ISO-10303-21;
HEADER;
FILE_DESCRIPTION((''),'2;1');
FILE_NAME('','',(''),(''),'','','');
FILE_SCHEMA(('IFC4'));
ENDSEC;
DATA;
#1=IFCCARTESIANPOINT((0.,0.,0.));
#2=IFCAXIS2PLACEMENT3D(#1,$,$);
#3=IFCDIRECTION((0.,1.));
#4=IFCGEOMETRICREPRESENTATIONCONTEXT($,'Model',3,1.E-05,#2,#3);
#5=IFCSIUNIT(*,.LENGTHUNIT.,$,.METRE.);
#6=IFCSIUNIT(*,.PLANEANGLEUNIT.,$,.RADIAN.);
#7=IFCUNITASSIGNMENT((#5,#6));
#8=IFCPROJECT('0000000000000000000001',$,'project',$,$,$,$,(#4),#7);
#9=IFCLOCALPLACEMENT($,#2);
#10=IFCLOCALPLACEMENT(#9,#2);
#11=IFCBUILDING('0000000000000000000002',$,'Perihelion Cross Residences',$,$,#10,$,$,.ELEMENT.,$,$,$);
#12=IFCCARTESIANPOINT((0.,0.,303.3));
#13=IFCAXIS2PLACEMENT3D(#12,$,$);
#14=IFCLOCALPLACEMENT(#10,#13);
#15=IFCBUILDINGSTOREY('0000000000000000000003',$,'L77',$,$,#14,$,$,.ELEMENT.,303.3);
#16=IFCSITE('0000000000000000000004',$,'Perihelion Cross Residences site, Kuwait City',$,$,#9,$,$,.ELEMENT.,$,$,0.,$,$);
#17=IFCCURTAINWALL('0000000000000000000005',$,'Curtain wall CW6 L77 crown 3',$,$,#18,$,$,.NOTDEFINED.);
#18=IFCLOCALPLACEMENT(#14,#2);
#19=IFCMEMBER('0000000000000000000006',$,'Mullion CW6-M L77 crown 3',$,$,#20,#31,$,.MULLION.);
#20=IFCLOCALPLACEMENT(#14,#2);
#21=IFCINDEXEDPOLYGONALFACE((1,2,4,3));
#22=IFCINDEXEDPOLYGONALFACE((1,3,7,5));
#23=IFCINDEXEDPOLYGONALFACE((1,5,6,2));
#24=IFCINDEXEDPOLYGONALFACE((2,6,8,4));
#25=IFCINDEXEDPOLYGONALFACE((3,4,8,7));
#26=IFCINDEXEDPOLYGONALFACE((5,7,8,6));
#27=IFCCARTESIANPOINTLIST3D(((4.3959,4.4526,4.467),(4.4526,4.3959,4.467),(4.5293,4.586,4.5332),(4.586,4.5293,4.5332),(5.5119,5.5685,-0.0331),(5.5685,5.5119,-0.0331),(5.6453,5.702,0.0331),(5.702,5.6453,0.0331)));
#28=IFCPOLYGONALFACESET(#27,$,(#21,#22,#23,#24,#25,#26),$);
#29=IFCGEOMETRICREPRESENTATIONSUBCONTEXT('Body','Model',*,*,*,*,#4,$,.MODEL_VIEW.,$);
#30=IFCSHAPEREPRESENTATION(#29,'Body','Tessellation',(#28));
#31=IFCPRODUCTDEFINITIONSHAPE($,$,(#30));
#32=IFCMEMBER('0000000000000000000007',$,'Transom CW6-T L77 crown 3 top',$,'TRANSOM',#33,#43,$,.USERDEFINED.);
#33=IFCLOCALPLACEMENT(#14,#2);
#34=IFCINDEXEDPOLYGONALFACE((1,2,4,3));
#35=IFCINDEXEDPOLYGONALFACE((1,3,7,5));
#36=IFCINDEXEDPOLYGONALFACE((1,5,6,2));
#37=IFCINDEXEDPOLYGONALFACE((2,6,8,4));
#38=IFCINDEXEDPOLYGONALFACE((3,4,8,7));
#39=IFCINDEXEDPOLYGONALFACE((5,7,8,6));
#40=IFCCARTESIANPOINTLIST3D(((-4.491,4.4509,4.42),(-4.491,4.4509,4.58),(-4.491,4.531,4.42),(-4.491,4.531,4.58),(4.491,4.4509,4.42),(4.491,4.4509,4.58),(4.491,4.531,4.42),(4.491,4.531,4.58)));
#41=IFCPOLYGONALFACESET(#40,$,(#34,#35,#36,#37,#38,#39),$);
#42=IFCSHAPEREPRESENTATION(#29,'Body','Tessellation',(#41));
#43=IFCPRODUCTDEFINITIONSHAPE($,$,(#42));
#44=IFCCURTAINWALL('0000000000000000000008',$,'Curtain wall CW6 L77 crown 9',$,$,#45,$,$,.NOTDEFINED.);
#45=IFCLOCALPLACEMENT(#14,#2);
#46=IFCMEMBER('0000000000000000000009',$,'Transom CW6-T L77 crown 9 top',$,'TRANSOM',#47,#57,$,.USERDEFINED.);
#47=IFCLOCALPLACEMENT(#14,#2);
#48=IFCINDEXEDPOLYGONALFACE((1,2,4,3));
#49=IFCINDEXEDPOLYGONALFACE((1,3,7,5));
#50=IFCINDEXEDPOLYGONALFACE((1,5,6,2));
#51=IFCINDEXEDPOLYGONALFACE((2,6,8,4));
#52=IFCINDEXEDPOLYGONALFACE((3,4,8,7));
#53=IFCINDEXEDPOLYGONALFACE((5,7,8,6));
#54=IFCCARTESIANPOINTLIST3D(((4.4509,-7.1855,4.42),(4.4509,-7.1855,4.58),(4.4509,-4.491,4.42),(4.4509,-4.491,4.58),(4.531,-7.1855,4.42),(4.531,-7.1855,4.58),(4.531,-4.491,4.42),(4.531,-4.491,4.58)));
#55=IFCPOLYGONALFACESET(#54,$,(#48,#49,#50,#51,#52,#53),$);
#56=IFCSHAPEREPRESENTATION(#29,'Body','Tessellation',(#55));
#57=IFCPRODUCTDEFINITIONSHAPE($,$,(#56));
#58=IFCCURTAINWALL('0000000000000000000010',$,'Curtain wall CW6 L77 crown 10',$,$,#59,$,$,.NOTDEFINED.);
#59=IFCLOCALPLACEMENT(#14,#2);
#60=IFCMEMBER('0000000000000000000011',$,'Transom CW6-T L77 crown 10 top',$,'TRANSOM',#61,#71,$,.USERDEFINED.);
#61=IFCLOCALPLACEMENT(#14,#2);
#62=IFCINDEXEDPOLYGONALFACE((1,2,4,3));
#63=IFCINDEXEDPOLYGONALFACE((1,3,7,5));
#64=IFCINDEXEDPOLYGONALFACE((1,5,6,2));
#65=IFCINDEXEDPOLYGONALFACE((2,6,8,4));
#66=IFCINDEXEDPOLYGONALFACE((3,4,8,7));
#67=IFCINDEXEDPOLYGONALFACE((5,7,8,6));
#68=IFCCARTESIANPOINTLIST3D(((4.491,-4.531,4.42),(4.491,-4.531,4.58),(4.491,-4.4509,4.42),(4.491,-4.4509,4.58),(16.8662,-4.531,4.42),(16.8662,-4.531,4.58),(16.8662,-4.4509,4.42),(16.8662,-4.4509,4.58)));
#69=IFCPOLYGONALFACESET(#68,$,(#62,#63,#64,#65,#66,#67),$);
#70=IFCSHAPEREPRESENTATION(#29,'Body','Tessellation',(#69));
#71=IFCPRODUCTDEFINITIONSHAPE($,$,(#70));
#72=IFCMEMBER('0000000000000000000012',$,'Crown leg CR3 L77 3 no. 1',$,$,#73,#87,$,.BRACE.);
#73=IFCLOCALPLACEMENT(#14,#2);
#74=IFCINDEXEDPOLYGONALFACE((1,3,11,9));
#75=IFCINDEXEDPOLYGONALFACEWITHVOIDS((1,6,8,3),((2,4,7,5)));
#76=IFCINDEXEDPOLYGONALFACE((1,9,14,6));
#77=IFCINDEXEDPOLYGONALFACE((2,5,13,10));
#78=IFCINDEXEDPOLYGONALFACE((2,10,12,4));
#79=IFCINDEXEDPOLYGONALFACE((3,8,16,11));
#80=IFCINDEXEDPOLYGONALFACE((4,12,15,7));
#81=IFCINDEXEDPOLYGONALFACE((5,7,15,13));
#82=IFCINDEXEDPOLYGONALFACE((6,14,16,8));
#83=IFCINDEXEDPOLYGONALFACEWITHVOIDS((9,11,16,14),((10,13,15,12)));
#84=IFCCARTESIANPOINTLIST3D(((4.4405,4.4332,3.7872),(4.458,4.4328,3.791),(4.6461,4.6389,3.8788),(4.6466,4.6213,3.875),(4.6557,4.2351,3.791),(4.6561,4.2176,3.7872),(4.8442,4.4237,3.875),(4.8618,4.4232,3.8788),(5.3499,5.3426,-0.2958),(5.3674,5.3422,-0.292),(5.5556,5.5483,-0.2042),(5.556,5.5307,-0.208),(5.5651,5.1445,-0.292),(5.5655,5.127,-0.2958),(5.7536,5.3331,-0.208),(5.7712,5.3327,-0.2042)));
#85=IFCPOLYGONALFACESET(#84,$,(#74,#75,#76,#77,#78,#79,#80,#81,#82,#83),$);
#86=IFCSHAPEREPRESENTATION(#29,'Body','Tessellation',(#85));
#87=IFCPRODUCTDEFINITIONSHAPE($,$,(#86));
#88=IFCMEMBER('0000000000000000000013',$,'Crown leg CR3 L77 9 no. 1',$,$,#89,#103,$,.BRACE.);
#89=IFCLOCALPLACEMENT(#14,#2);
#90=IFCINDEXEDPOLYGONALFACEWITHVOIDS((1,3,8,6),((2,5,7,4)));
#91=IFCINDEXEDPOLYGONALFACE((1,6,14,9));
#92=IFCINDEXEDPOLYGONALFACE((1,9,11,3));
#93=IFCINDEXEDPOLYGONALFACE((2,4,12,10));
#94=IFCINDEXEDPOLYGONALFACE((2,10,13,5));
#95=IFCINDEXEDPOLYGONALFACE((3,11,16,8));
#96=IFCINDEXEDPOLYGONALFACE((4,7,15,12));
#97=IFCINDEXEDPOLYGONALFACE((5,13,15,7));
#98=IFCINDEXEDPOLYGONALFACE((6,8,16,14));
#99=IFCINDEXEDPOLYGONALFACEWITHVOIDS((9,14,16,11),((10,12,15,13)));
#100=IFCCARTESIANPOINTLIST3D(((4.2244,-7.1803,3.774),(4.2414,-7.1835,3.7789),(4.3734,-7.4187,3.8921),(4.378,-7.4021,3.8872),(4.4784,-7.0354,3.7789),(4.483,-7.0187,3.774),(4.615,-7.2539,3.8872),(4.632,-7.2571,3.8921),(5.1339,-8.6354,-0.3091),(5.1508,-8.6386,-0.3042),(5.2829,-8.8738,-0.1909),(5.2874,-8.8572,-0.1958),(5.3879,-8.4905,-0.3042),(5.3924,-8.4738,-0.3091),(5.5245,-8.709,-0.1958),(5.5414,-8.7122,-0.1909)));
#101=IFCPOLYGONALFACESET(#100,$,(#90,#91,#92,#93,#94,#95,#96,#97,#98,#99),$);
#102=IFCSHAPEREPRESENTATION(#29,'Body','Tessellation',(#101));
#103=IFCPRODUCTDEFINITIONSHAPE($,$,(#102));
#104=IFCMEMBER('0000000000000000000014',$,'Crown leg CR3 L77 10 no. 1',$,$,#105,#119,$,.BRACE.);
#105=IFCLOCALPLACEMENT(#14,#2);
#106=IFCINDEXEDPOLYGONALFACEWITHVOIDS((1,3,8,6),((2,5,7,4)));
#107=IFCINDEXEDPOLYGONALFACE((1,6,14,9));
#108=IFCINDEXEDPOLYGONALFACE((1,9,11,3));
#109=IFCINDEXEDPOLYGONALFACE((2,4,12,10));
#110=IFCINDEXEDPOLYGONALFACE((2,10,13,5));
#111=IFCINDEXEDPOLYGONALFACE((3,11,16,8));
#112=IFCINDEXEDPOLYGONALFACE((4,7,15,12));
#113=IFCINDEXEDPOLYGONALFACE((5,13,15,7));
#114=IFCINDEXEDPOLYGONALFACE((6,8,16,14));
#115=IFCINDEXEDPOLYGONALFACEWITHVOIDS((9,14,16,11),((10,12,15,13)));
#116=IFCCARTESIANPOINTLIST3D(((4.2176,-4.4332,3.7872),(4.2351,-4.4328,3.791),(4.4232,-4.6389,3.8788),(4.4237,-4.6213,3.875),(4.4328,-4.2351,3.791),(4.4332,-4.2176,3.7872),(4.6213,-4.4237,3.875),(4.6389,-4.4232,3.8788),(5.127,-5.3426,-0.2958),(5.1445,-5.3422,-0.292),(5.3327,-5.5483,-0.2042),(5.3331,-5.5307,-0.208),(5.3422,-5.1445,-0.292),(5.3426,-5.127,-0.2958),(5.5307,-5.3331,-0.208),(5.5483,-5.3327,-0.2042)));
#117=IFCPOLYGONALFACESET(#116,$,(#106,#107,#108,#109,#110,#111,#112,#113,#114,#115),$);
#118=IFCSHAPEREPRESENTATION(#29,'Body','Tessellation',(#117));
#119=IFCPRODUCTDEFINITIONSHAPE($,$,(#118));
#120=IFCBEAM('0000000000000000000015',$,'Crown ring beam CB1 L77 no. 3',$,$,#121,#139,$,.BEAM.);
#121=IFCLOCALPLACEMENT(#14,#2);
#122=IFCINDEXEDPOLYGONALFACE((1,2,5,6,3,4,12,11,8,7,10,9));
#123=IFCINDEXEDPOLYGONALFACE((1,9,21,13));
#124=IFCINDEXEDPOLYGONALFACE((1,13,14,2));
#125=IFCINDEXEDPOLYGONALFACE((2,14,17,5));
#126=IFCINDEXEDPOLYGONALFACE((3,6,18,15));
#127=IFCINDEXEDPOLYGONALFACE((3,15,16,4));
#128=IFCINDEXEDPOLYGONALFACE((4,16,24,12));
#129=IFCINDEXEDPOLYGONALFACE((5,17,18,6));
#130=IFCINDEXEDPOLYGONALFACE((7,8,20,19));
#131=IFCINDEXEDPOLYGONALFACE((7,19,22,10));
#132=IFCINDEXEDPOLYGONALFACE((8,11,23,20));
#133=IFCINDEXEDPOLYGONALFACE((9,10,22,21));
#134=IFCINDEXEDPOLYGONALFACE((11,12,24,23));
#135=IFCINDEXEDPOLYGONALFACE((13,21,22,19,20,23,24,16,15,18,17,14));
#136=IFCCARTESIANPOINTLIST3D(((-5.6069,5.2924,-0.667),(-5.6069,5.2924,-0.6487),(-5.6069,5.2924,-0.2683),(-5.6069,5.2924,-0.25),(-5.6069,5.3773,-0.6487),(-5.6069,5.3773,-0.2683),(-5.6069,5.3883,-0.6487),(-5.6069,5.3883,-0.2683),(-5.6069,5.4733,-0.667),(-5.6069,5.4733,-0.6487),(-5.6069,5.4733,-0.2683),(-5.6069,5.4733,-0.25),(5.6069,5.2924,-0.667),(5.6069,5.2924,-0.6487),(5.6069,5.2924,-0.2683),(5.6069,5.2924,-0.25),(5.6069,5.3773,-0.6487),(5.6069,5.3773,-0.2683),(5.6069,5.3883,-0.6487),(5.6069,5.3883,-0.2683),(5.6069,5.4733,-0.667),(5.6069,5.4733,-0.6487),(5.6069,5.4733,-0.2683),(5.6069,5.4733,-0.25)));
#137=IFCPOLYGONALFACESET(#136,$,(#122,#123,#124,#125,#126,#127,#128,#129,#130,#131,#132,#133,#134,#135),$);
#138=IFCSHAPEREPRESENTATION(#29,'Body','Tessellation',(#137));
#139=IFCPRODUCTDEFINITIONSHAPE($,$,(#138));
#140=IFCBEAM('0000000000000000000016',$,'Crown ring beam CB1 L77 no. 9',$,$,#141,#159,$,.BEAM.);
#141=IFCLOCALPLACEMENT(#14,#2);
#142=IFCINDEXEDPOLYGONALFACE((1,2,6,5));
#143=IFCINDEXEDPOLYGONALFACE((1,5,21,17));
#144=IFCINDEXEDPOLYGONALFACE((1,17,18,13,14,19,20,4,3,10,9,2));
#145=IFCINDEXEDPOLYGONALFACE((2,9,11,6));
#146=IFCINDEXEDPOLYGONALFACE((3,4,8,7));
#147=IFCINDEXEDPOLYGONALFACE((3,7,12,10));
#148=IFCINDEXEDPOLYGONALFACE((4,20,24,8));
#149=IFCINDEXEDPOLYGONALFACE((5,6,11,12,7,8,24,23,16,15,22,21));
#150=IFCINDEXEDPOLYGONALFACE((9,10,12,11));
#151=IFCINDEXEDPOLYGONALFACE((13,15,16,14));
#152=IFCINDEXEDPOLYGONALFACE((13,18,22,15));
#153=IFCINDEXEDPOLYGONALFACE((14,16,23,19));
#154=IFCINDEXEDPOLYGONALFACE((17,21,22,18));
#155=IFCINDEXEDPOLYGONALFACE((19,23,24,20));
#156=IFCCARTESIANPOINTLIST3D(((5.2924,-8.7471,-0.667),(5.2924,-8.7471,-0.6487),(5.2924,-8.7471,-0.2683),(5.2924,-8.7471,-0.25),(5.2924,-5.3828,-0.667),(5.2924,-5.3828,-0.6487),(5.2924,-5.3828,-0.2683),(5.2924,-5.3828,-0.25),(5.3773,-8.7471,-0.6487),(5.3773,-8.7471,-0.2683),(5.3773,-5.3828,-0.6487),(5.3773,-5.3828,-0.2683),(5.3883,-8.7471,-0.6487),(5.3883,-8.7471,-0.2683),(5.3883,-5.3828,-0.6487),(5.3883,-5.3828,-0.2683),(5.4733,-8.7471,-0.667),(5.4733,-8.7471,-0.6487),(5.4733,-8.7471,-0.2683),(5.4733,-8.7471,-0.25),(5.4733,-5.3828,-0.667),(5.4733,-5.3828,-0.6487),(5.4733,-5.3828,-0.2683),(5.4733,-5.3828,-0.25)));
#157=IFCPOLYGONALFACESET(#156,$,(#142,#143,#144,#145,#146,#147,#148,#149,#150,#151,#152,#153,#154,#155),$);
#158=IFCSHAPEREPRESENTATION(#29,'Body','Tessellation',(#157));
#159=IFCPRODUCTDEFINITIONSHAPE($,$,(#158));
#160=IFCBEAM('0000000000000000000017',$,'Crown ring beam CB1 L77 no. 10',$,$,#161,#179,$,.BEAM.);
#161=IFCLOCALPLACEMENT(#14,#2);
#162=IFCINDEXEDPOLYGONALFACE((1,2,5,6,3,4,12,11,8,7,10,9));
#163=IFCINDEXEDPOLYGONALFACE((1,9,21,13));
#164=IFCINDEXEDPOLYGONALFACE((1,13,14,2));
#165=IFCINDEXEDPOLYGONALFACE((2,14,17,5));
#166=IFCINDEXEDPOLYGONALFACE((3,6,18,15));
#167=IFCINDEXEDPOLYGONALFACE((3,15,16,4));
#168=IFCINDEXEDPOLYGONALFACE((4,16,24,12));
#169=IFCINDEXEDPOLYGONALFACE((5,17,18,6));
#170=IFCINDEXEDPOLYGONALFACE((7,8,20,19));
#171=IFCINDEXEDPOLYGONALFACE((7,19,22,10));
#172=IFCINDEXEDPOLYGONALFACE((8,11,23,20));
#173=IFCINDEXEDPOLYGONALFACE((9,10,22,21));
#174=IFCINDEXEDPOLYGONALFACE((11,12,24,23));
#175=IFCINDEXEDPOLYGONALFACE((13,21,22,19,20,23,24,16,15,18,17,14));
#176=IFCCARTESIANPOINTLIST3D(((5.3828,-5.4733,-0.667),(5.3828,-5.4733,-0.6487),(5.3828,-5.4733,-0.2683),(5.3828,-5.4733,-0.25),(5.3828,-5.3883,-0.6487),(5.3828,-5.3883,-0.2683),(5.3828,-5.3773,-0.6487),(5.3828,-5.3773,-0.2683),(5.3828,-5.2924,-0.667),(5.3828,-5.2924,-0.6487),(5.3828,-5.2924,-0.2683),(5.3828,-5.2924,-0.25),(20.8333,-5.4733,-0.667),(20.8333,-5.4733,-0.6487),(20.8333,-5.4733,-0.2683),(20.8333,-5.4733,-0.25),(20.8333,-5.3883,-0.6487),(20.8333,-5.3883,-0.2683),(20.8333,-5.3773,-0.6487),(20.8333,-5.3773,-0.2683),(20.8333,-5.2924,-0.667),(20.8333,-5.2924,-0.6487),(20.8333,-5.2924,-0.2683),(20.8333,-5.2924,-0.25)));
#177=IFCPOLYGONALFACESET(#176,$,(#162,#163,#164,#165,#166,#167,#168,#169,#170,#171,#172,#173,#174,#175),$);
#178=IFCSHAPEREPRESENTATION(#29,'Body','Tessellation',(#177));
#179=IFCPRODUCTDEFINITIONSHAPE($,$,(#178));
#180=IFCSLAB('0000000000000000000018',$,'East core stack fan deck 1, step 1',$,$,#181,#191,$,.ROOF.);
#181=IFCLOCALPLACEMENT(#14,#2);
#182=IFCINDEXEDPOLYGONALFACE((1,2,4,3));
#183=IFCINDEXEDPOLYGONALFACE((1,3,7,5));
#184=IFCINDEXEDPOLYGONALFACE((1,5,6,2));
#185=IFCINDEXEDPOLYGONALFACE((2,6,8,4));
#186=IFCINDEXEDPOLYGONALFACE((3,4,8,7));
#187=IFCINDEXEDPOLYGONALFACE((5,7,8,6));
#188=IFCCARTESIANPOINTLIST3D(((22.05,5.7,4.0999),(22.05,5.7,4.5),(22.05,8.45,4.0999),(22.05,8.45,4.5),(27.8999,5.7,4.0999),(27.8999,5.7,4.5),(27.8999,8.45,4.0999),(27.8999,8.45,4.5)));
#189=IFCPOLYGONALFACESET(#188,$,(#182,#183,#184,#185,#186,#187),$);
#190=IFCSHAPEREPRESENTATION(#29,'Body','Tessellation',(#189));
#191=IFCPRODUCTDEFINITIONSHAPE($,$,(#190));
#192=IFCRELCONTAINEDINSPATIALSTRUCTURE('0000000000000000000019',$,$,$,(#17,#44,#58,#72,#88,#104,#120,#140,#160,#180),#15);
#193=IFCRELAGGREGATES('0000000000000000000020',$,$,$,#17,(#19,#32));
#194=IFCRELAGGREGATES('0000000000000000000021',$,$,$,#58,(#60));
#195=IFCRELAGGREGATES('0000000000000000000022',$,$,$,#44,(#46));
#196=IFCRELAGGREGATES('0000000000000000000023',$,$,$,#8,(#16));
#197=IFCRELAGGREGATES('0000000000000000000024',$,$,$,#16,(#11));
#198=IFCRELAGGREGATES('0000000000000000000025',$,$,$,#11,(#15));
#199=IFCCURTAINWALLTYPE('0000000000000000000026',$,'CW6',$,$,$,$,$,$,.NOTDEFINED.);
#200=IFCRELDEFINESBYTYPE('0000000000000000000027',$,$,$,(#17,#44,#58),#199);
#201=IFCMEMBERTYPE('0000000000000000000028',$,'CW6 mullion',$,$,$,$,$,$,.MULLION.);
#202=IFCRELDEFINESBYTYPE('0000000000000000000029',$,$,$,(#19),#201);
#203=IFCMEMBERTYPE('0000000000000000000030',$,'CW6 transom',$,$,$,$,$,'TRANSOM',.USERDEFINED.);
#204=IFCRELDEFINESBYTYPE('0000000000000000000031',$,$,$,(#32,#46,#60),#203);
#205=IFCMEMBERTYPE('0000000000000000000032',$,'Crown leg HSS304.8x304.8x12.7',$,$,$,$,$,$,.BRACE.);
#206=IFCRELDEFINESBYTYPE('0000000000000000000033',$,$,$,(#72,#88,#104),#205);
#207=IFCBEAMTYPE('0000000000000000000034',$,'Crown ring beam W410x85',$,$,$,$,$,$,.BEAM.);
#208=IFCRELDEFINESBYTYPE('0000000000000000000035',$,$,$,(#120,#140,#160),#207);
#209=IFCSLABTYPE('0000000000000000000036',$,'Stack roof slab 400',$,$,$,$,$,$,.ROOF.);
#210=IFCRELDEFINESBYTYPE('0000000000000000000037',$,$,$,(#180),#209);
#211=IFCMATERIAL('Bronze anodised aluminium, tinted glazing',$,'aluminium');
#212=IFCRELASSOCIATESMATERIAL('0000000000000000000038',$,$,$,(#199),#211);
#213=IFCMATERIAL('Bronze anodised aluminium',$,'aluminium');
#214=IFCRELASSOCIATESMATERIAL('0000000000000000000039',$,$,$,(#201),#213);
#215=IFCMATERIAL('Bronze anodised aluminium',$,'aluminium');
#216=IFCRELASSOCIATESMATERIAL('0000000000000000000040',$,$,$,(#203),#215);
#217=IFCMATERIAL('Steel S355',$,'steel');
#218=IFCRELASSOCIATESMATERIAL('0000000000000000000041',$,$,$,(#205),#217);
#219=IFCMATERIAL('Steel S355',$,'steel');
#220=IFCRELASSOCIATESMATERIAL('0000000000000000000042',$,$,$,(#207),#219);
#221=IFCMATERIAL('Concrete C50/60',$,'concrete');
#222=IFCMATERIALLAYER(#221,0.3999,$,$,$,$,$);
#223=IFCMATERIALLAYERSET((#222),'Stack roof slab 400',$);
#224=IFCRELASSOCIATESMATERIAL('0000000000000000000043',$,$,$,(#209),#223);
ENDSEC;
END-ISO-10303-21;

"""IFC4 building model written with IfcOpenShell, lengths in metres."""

from ifc_helpers import new_model, si_unit, direction, frame, origin, origin_2d, place, context, subcontext, project, spatial, polyline, rectangle, hollow_rectangle, i_section, outline, extrude, material, layer, layer_set, material_profile, profile_set, type_object, element, aggregate, save


model = new_model("IFC4")

# Units and contexts
model_context = context("Model", 3, precision=1e-05, world=origin(), true_north=direction((0.0, 1.0)))
body_context = subcontext(model_context, "Body", "Model", "MODEL_VIEW")
ifc_project = project(units=[si_unit("LENGTHUNIT", "METRE"), si_unit("PLANEANGLEUNIT", "RADIAN")], contexts=[model_context])

# Site, building, storey
site_placement = place(None, origin())
site = spatial("IfcSite", under=ifc_project, at=site_placement, Name="Perihelion Cross Residences site, Kuwait City", CompositionType="ELEMENT", RefElevation=0.0)
building_placement = place(site_placement, origin())
building = spatial("IfcBuilding", under=site, at=building_placement, Name="Perihelion Cross Residences", CompositionType="ELEMENT")
storey_placement = place(building_placement, frame((0.0, 0.0, 303.3)))
storey = spatial("IfcBuildingStorey", under=building, at=storey_placement, Name="L77", CompositionType="ELEMENT", Elevation=303.3)

# Curtain wall, members
ifc_material_1 = material(Name="Bronze anodised aluminium, tinted glazing", Category="aluminium")
curtain_wall_type = type_object("IfcCurtainWallType", Name="CW6", PredefinedType="NOTDEFINED", material=ifc_material_1)
curtain_wall_1_placement = place(storey_placement, origin())
curtain_wall_1 = element("IfcCurtainWall", 1, at=curtain_wall_1_placement, inside=storey, type_object=curtain_wall_type, Name="Curtain wall CW6 L77 crown 3", PredefinedType="NOTDEFINED")
ifc_material_2 = material(Name="Bronze anodised aluminium", Category="aluminium")
ifc_material_profile_1 = material_profile(ifc_material_2, rectangle(XDim=0.0801, YDim=0.2, at=origin_2d()), Name="CW6 mullion")
ifc_profile_set_1 = profile_set([ifc_material_profile_1], Name="Bronze anodised aluminium")
member_type_1 = type_object("IfcMemberType", Name="CW6 mullion", PredefinedType="MULLION", material=ifc_profile_set_1)
member_1_placement = place(storey_placement, frame((5.6069, 5.6069, 0.0), z_axis=(-0.234018, -0.234018, 0.943648), x_axis=(0.707107, -0.707107, 0.0)))
member_1 = element("IfcMember", 2, at=member_1_placement, type_object=member_type_1, Name="Mullion CW6-M L77 crown 3", PredefinedType="MULLION", context=body_context, shape_type="SweptSolid", body=[
    extrude(rectangle(XDim=0.0801, YDim=0.2, at=origin_2d()), origin(), (0.0, 0.0, 1.0), 4.7688),
])
ifc_material_3 = material(Name="Bronze anodised aluminium", Category="aluminium")
ifc_material_profile_2 = material_profile(ifc_material_3, rectangle(XDim=0.0801, YDim=0.1599, at=origin_2d()), Name="CW6 transom")
ifc_profile_set_2 = profile_set([ifc_material_profile_2], Name="Bronze anodised aluminium")
member_type_2 = type_object("IfcMemberType", Name="CW6 transom", ElementType="TRANSOM", PredefinedType="USERDEFINED", material=ifc_profile_set_2)
member_2_placement = place(storey_placement, frame((4.491, 4.491, 4.5), z_axis=(-1.0, 0.0, 0.0), x_axis=(0.0, -1.0, 0.0)))
member_2 = element("IfcMember", 3, at=member_2_placement, type_object=member_type_2, Name="Transom CW6-T L77 crown 3 top", ObjectType="TRANSOM", PredefinedType="USERDEFINED", context=body_context, shape_type="SweptSolid", body=[
    extrude(rectangle(XDim=0.0801, YDim=0.1599, at=origin_2d()), origin(), (0.0, 0.0, 1.0), 8.9819),
])
aggregate(curtain_wall_1, [member_1, member_2])

# Curtain walls, members
curtain_wall_2_placement = place(storey_placement, origin())
curtain_wall_2 = element("IfcCurtainWall", 4, at=curtain_wall_2_placement, inside=storey, type_object=curtain_wall_type, Name="Curtain wall CW6 L77 crown 9", PredefinedType="NOTDEFINED")
member_3_placement = place(storey_placement, frame((4.491, -7.1855, 4.5), z_axis=(0.0, 1.0, 0.0), x_axis=(-1.0, 0.0, 0.0)))
member_3 = element("IfcMember", 5, at=member_3_placement, type_object=member_type_2, Name="Transom CW6-T L77 crown 9 top", ObjectType="TRANSOM", PredefinedType="USERDEFINED", context=body_context, shape_type="SweptSolid", body=[
    extrude(rectangle(XDim=0.0801, YDim=0.1599, at=origin_2d()), origin(), (0.0, 0.0, 1.0), 2.6946),
])
curtain_wall_3_placement = place(storey_placement, origin())
curtain_wall_3 = element("IfcCurtainWall", 6, at=curtain_wall_3_placement, inside=storey, type_object=curtain_wall_type, Name="Curtain wall CW6 L77 crown 10", PredefinedType="NOTDEFINED")
member_4_placement = place(storey_placement, frame((4.491, -4.491, 4.5), z_axis=(1.0, 0.0, 0.0), x_axis=(0.0, 1.0, 0.0)))
member_4 = element("IfcMember", 7, at=member_4_placement, type_object=member_type_2, Name="Transom CW6-T L77 crown 10 top", ObjectType="TRANSOM", PredefinedType="USERDEFINED", context=body_context, shape_type="SweptSolid", body=[
    extrude(rectangle(XDim=0.0801, YDim=0.1599, at=origin_2d()), origin(), (0.0, 0.0, 1.0), 12.3752),
])
aggregate(curtain_wall_3, [member_4])

# Members
ifc_material_4 = material(Name="Steel S355", Category="steel")
ifc_material_profile_3 = material_profile(ifc_material_4, hollow_rectangle(XDim=0.3049, YDim=0.3049, WallThickness=0.0127, at=origin_2d()), Name="HSS304.8x304.8x12.7")
ifc_profile_set_3 = profile_set([ifc_material_profile_3], Name="Steel S355")
member_type_3 = type_object("IfcMemberType", Name="Crown leg HSS304.8x304.8x12.7", PredefinedType="BRACE", material=ifc_profile_set_3)
member_5_placement = place(storey_placement, frame((5.5605, 5.3376, -0.25), z_axis=(-0.212444, -0.212444, 0.953801), x_axis=(0.707107, -0.707107, 0.0)))
element("IfcMember", 8, at=member_5_placement, inside=storey, type_object=member_type_3, Name="Crown leg CR3 L77 3 no. 1", PredefinedType="BRACE", context=body_context, shape_type="SweptSolid", body=[
    extrude(hollow_rectangle(XDim=0.3049, YDim=0.3049, WallThickness=0.0127, at=origin_2d()), origin(), (0.0, 0.0, 1.0), 4.2808),
])
member_6_placement = place(storey_placement, frame((5.3376, -8.6738, -0.25), z_axis=(-0.205338, 0.328541, 0.921899), x_axis=(-0.847998, -0.529999, 0.0)))
element("IfcMember", 9, at=member_6_placement, inside=storey, type_object=member_type_3, Name="Crown leg CR3 L77 9 no. 1", PredefinedType="BRACE", context=body_context, shape_type="SweptSolid", body=[
    extrude(hollow_rectangle(XDim=0.3049, YDim=0.3049, WallThickness=0.0127, at=origin_2d()), origin(), (0.0, 0.0, 1.0), 4.429),
])
member_7_placement = place(storey_placement, frame((5.3376, -5.3376, -0.25), z_axis=(-0.212444, 0.212444, 0.953801), x_axis=(-0.707107, -0.707107, 0.0)))
element("IfcMember", 10, at=member_7_placement, inside=storey, type_object=member_type_3, Name="Crown leg CR3 L77 10 no. 1", PredefinedType="BRACE", context=body_context, shape_type="SweptSolid", body=[
    extrude(hollow_rectangle(XDim=0.3049, YDim=0.3049, WallThickness=0.0127, at=origin_2d()), origin(), (0.0, 0.0, 1.0), 4.2808),
])

# Beams
ifc_material_5 = material(Name="Steel S355", Category="steel")
ifc_material_profile_4 = material_profile(ifc_material_5, i_section(OverallWidth=0.1809, OverallDepth=0.417, WebThickness=0.011, FlangeThickness=0.0183, at=origin_2d()), Name="W410x85")
ifc_profile_set_4 = profile_set([ifc_material_profile_4], Name="Steel S355")
beam_type = type_object("IfcBeamType", Name="Crown ring beam W410x85", PredefinedType="BEAM", material=ifc_profile_set_4)
beam_1_placement = place(storey_placement, frame((5.6069, 5.3828, -0.4585), z_axis=(-1.0, 0.0, 0.0), x_axis=(0.0, -1.0, 0.0)))
element("IfcBeam", 11, at=beam_1_placement, inside=storey, type_object=beam_type, Name="Crown ring beam CB1 L77 no. 3", PredefinedType="BEAM", context=body_context, shape_type="SweptSolid", body=[
    extrude(i_section(OverallWidth=0.1809, OverallDepth=0.417, WebThickness=0.011, FlangeThickness=0.0183, at=origin_2d()), origin(), (0.0, 0.0, 1.0), 11.2139),
])
beam_2_placement = place(storey_placement, frame((5.3828, -8.7471, -0.4585), z_axis=(0.0, 1.0, 0.0), x_axis=(-1.0, 0.0, 0.0)))
element("IfcBeam", 12, at=beam_2_placement, inside=storey, type_object=beam_type, Name="Crown ring beam CB1 L77 no. 9", PredefinedType="BEAM", context=body_context, shape_type="SweptSolid", body=[
    extrude(i_section(OverallWidth=0.1809, OverallDepth=0.417, WebThickness=0.011, FlangeThickness=0.0183, at=origin_2d()), origin(), (0.0, 0.0, 1.0), 3.3643),
])
beam_3_placement = place(storey_placement, frame((5.3828, -5.3828, -0.4585), z_axis=(1.0, 0.0, 0.0), x_axis=(0.0, 1.0, 0.0)))
element("IfcBeam", 13, at=beam_3_placement, inside=storey, type_object=beam_type, Name="Crown ring beam CB1 L77 no. 10", PredefinedType="BEAM", context=body_context, shape_type="SweptSolid", body=[
    extrude(i_section(OverallWidth=0.1809, OverallDepth=0.417, WebThickness=0.011, FlangeThickness=0.0183, at=origin_2d()), origin(), (0.0, 0.0, 1.0), 15.4504),
])

aggregate(curtain_wall_2, [member_3])

# Slab
ifc_material_6 = material(Name="Concrete C50/60", Category="concrete")
ifc_layer_1 = layer(ifc_material_6, 0.3999)
ifc_layer_set_1 = layer_set([ifc_layer_1], Name="Stack roof slab 400")
slab_type = type_object("IfcSlabType", Name="Stack roof slab 400", PredefinedType="ROOF", material=ifc_layer_set_1)
slab_1_placement = place(storey_placement, frame((0.0, 0.0, 4.0999)))
element("IfcSlab", 14, at=slab_1_placement, inside=storey, type_object=slab_type, Name="East core stack fan deck 1, step 1", PredefinedType="ROOF", context=body_context, shape_type="SweptSolid", body=[
    extrude(outline(polyline([(22.05, 5.7), (27.8999, 5.7), (27.8999, 8.45), (22.05, 8.45), (22.05, 5.7)])), origin(), (0.0, 0.0, 1.0), 0.4001),
])

save(model, "model.ifc")
